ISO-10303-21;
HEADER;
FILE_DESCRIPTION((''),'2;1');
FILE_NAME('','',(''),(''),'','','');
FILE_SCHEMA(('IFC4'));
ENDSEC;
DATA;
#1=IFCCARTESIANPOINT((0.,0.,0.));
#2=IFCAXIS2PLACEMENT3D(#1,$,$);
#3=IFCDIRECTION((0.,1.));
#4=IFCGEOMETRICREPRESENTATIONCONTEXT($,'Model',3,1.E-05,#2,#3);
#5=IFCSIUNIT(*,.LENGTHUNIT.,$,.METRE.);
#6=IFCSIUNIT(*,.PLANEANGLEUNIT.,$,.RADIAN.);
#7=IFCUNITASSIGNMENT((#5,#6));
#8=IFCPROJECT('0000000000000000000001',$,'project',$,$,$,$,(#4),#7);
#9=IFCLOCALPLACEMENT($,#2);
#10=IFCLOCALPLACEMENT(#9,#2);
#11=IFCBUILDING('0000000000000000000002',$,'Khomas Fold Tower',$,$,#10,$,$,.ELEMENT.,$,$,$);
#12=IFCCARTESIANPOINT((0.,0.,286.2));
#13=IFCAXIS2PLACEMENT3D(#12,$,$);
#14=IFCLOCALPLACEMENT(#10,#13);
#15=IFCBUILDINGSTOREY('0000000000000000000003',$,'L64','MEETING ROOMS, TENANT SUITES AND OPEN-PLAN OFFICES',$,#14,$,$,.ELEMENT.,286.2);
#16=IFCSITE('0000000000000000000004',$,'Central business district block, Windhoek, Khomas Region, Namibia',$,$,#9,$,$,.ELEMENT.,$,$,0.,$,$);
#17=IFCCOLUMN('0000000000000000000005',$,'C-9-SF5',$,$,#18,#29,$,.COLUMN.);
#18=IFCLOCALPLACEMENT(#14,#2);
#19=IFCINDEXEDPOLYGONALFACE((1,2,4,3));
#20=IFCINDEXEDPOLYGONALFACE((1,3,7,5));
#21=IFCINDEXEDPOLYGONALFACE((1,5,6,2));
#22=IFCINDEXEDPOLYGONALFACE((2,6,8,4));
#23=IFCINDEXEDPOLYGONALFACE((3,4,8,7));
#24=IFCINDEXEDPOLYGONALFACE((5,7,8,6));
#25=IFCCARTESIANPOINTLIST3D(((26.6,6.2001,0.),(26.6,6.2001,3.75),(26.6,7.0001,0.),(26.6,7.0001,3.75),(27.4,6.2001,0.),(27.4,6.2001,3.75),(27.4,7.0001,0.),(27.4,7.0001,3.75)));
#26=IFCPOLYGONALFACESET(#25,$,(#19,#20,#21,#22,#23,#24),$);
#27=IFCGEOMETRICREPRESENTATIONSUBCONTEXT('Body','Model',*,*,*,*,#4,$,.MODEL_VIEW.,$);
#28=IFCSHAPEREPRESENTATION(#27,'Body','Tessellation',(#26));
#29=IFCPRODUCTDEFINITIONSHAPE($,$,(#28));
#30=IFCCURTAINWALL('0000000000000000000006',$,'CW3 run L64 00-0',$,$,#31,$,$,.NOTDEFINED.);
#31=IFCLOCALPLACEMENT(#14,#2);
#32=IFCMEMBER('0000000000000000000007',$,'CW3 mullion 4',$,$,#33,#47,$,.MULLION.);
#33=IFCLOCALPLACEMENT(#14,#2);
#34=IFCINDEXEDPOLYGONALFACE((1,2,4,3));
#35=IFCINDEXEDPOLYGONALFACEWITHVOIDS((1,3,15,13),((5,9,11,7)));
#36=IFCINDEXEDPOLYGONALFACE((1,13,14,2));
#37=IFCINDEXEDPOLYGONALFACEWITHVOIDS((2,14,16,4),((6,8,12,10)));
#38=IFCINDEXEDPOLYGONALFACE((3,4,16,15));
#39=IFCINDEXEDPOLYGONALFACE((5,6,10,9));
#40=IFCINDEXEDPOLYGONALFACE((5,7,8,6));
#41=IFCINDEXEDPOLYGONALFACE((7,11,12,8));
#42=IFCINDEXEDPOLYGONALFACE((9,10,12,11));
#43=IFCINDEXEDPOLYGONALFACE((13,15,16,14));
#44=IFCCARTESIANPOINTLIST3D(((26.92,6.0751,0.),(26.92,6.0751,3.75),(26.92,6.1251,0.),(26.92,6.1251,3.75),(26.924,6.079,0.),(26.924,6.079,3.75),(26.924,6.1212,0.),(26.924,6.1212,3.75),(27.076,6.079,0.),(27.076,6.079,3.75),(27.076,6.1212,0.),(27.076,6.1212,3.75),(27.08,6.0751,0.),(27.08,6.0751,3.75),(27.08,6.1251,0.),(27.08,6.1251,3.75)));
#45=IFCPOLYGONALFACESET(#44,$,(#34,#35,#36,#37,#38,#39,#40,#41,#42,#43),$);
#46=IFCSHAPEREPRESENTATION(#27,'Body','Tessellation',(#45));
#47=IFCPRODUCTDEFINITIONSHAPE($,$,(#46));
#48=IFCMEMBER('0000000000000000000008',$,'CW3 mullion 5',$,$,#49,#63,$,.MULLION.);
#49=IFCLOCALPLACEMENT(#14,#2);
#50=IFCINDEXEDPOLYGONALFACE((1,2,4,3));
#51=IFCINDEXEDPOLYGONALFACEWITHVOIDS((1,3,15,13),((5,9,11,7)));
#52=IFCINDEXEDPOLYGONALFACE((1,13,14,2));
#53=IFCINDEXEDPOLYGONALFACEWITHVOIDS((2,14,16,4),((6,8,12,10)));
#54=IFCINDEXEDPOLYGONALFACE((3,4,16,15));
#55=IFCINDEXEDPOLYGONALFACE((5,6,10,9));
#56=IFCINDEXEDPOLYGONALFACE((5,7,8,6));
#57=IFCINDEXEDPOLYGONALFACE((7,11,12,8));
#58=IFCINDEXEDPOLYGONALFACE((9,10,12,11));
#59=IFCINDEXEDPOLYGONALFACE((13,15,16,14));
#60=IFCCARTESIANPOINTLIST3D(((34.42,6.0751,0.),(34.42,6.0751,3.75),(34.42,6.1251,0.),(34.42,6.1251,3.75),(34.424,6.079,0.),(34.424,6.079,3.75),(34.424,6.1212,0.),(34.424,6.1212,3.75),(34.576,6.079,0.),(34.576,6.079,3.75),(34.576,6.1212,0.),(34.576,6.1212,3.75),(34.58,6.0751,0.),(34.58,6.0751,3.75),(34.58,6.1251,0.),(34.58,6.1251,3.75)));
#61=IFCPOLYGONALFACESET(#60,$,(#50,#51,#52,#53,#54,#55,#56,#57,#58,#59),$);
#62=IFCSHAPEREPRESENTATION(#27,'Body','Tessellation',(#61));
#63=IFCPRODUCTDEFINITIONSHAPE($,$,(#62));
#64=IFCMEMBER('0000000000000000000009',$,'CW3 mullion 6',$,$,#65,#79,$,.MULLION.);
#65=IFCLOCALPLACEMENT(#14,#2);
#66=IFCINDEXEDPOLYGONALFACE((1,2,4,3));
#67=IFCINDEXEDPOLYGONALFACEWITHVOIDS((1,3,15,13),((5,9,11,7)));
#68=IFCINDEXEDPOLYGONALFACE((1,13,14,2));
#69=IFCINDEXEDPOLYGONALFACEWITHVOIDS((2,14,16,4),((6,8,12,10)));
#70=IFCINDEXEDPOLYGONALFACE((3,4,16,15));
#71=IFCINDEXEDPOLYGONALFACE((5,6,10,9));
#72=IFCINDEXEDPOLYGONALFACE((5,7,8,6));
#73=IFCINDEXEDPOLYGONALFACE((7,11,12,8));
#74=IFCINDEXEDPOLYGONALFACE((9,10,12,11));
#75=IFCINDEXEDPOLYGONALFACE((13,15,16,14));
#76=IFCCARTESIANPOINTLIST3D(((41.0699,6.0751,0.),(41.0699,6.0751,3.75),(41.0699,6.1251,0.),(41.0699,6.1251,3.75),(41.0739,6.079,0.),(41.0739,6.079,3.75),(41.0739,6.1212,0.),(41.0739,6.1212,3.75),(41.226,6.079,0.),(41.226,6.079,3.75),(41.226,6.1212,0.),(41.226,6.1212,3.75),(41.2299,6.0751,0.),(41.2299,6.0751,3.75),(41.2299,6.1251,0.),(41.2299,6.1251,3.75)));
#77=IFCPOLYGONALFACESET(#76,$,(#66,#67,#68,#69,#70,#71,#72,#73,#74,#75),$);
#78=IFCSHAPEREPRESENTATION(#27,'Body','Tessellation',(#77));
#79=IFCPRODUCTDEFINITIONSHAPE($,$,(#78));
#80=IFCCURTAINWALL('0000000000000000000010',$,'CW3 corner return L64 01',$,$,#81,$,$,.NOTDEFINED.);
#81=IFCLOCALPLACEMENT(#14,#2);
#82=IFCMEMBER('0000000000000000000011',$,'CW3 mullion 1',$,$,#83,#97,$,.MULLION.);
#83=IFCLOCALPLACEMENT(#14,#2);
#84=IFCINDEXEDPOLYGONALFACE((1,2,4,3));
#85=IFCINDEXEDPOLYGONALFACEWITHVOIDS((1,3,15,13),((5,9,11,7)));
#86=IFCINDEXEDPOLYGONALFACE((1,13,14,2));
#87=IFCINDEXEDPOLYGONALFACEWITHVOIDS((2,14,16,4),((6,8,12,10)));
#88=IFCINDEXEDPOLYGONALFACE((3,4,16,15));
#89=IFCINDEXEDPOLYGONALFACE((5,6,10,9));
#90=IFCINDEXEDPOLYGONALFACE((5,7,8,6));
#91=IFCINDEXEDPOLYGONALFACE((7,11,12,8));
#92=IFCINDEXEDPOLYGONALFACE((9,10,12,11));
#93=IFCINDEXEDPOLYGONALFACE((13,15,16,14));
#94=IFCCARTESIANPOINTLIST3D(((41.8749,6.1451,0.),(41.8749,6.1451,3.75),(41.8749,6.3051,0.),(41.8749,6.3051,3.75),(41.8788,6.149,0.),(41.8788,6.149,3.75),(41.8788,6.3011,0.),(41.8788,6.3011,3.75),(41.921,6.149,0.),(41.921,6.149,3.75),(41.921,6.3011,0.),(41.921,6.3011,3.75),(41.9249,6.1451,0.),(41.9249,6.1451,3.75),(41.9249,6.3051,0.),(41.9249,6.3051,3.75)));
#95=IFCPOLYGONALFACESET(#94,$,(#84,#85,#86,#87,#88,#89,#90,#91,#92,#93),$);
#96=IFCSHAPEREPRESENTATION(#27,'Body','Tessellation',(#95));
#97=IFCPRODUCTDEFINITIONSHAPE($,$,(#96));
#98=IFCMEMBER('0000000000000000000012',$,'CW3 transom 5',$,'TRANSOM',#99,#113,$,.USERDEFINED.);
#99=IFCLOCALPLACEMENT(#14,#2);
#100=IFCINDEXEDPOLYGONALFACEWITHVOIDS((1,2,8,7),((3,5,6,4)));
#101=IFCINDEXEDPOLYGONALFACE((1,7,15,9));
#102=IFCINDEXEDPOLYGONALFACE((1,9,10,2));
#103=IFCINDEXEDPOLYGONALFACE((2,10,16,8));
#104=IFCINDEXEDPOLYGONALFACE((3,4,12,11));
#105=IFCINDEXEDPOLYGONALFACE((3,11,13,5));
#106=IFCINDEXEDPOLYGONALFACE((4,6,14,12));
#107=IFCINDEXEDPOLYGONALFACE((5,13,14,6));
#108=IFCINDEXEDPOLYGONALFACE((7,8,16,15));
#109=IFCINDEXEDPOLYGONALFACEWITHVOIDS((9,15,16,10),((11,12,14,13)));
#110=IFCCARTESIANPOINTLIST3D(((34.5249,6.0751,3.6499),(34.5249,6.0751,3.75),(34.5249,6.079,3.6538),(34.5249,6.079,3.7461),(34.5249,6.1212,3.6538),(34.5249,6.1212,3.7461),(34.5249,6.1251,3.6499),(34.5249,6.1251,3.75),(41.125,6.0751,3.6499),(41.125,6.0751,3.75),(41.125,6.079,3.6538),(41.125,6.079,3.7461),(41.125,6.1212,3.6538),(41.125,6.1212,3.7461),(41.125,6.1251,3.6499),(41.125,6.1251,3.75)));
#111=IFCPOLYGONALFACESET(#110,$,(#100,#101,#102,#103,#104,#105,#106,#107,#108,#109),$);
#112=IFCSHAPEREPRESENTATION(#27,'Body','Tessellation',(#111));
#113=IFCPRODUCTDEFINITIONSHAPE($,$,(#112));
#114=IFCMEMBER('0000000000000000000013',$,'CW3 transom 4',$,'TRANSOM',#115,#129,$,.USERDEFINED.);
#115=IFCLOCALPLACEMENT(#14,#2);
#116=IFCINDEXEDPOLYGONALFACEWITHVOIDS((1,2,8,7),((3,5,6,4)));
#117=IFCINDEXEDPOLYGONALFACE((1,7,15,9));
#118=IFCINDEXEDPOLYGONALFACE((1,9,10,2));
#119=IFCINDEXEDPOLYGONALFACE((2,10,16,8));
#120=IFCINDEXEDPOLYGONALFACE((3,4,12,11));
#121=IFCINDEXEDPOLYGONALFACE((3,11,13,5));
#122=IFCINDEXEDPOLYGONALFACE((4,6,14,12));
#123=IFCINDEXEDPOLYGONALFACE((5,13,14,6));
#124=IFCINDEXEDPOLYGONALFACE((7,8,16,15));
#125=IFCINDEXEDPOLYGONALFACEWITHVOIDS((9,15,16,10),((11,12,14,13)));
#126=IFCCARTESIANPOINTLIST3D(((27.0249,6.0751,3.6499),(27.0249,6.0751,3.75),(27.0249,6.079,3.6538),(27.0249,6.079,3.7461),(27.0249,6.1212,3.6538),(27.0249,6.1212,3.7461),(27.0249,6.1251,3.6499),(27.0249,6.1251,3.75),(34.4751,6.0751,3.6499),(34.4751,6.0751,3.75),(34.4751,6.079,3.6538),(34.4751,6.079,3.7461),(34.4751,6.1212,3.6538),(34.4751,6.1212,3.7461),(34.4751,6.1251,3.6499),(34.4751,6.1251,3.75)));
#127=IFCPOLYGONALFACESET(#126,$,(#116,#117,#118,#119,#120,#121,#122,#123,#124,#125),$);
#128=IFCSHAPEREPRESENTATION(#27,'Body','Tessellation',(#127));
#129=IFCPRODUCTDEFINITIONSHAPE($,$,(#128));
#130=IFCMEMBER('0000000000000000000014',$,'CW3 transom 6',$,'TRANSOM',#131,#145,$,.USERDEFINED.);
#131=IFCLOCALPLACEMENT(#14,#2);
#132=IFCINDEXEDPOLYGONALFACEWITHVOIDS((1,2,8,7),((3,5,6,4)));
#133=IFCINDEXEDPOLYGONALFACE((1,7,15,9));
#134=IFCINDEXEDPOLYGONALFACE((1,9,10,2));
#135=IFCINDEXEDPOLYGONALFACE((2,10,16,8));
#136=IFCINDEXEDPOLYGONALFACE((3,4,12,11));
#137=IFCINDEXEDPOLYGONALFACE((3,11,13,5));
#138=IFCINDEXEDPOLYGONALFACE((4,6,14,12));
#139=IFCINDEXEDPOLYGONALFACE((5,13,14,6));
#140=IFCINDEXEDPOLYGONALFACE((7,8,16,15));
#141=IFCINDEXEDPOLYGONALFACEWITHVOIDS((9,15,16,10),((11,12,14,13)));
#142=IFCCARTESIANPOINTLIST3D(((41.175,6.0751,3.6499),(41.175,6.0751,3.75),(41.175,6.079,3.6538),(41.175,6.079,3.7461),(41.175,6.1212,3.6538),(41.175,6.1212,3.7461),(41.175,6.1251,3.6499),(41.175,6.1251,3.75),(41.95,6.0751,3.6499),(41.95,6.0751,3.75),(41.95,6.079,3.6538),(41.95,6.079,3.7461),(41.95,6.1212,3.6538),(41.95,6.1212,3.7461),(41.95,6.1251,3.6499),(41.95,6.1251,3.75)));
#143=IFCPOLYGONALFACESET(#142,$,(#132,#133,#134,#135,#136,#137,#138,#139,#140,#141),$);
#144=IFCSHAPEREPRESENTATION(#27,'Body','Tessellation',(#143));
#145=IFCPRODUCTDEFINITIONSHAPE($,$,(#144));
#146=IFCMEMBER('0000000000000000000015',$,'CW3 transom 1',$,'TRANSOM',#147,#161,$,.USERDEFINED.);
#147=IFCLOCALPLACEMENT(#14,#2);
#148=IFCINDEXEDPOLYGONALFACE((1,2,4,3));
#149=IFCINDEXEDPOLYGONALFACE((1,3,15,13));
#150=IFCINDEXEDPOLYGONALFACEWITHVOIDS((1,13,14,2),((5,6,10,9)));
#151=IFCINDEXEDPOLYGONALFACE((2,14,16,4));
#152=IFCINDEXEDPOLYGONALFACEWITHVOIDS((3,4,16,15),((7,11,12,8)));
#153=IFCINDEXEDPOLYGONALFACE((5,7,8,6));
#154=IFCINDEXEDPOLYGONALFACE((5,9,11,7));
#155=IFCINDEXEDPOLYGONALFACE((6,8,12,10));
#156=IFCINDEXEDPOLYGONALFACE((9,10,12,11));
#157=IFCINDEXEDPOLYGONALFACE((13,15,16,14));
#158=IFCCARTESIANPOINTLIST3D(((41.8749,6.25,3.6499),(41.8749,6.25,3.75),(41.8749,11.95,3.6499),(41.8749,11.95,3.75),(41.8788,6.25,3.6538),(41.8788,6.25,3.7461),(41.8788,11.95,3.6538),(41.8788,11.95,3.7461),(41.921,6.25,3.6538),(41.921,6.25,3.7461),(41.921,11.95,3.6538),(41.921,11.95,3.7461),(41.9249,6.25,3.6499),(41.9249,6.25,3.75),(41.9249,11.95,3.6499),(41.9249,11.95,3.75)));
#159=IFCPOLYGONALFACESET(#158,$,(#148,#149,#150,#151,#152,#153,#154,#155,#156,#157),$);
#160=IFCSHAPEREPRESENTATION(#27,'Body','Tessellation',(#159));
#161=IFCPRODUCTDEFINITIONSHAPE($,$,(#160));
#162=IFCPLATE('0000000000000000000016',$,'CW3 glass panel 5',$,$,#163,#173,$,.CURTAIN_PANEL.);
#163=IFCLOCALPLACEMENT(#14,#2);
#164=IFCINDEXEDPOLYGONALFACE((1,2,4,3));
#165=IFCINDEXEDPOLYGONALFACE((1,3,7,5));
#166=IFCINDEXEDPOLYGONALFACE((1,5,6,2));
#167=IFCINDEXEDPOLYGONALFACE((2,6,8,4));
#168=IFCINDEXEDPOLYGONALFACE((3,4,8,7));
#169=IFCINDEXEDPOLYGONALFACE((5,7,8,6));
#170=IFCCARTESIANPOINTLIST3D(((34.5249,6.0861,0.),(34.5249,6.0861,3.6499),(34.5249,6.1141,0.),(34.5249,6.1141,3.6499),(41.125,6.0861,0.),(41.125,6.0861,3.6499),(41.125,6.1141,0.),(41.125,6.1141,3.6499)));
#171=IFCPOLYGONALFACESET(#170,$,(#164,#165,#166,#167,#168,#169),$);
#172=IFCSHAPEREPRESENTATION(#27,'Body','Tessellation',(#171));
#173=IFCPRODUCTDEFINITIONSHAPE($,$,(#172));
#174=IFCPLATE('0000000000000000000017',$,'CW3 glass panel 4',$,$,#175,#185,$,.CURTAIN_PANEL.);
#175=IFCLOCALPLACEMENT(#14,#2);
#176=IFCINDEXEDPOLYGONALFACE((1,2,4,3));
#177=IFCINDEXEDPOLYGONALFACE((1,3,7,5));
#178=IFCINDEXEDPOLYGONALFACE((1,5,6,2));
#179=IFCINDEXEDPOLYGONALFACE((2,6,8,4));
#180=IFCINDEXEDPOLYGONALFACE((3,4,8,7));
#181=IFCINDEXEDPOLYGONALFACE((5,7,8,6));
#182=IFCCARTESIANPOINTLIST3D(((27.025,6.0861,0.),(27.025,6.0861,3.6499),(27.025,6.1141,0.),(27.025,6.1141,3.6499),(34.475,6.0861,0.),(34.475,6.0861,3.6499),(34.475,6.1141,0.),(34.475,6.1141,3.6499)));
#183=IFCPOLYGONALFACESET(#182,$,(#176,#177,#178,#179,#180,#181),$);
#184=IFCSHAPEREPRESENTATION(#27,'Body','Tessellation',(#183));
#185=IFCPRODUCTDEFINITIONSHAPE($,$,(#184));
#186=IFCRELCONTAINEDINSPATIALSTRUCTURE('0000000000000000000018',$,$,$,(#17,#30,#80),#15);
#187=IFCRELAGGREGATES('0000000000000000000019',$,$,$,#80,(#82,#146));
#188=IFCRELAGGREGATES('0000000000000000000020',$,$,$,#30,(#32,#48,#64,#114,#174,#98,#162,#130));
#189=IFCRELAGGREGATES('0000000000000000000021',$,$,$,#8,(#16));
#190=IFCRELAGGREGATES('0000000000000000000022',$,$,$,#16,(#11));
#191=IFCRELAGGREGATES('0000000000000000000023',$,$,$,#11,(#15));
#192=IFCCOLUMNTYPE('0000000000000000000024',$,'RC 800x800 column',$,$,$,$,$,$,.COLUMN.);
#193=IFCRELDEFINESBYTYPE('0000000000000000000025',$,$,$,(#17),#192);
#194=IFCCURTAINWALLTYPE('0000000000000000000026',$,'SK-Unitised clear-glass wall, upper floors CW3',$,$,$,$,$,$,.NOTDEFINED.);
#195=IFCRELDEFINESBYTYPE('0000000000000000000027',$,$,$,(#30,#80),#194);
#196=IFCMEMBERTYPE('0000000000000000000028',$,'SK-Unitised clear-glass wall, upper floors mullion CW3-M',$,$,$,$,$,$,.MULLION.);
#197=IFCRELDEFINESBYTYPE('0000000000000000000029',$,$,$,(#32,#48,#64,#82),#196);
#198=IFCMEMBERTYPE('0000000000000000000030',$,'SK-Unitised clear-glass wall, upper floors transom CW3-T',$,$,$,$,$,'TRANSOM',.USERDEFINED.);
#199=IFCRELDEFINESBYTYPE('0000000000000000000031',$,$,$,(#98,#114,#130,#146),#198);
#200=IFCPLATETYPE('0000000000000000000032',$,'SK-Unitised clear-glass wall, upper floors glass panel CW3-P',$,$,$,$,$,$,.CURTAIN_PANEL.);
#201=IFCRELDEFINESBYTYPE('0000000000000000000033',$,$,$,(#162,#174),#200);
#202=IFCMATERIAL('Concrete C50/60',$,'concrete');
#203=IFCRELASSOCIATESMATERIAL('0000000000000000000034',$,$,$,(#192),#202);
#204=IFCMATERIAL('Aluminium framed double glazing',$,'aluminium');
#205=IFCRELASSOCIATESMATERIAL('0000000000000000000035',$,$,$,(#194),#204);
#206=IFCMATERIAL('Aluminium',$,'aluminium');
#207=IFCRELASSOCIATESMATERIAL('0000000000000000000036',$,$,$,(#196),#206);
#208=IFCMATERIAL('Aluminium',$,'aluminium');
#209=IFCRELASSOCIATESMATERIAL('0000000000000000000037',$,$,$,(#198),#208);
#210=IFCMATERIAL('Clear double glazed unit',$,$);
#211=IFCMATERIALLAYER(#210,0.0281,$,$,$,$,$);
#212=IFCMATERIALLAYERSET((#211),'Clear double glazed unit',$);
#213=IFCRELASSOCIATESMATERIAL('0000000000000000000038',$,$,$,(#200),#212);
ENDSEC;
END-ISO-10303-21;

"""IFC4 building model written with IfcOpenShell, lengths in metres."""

from ifc_helpers import new_model, si_unit, direction, frame, origin, origin_2d, place, context, subcontext, project, spatial, rectangle, hollow_rectangle, extrude, source, transform, mapped, material, layer, layer_set, material_profile, profile_set, type_object, element, aggregate, save


model = new_model("IFC4")

# Units and contexts
model_context = context("Model", 3, precision=1e-05, world=origin(), true_north=direction((0.0, 1.0)))
body_context = subcontext(model_context, "Body", "Model", "MODEL_VIEW")
ifc_project = project(units=[si_unit("LENGTHUNIT", "METRE"), si_unit("PLANEANGLEUNIT", "RADIAN")], contexts=[model_context])

# Site, building, storey
site_placement = place(None, origin())
site = spatial("IfcSite", under=ifc_project, at=site_placement, Name="Central business district block, Windhoek, Khomas Region, Namibia", CompositionType="ELEMENT", RefElevation=0.0)
building_placement = place(site_placement, origin())
building = spatial("IfcBuilding", under=site, at=building_placement, Name="Khomas Fold Tower", CompositionType="ELEMENT")
storey_placement = place(building_placement, frame((0.0, 0.0, 286.2)))
storey = spatial("IfcBuildingStorey", under=building, at=storey_placement, Name="L64", Description="MEETING ROOMS, TENANT SUITES AND OPEN-PLAN OFFICES", CompositionType="ELEMENT", Elevation=286.2)

# Column
ifc_material_1 = material(Name="Concrete C50/60", Category="concrete")
ifc_material_profile_1 = material_profile(ifc_material_1, rectangle(XDim=0.8, YDim=0.8, at=origin_2d()), Name="RC 800x800")
ifc_profile_set_1 = profile_set([ifc_material_profile_1], Name="Concrete C50/60")
column_type = type_object("IfcColumnType", Name="RC 800x800 column", PredefinedType="COLUMN", material=ifc_profile_set_1)
shared_shape_1 = source(origin(), body_context, "Body", "SweptSolid", [
    extrude(rectangle(XDim=0.8, YDim=0.8, at=origin_2d()), origin(), (0.0, 0.0, 1.0), 3.75),
])
column_placement = place(storey_placement, frame((27.0, 6.6001, 0.0), z_axis=(0.0, 0.0, 1.0), x_axis=(1.0, 0.0, 0.0)))
element("IfcColumn", 1, at=column_placement, inside=storey, type_object=column_type, Name="C-9-SF5", PredefinedType="COLUMN", context=body_context, shape_type="MappedRepresentation", body=[
    mapped(shared_shape_1, transform((0.0, 0.0, 0.0))),
])

# Curtain wall, members
ifc_material_2 = material(Name="Aluminium framed double glazing", Category="aluminium")
curtain_wall_type = type_object("IfcCurtainWallType", Name="SK-Unitised clear-glass wall, upper floors CW3", PredefinedType="NOTDEFINED", material=ifc_material_2)
curtain_wall_1_placement = place(storey_placement, origin())
curtain_wall_1 = element("IfcCurtainWall", 2, at=curtain_wall_1_placement, inside=storey, type_object=curtain_wall_type, Name="CW3 run L64 00-0", PredefinedType="NOTDEFINED")
ifc_material_3 = material(Name="Aluminium", Category="aluminium")
ifc_material_profile_2 = material_profile(ifc_material_3, hollow_rectangle(XDim=0.05, YDim=0.1599, WallThickness=0.0039, at=origin_2d()), Name="SK-Unitised clear-glass wall, upper floors mullion CW3-M")
ifc_profile_set_2 = profile_set([ifc_material_profile_2], Name="Aluminium")
member_type_1 = type_object("IfcMemberType", Name="SK-Unitised clear-glass wall, upper floors mullion CW3-M", PredefinedType="MULLION", material=ifc_profile_set_2)
shared_shape_2 = source(origin(), body_context, "Body", "SweptSolid", [
    extrude(hollow_rectangle(XDim=0.05, YDim=0.1599, WallThickness=0.0039, at=origin_2d()), origin(), (0.0, 0.0, 1.0), 3.75),
])
member_1_placement = place(storey_placement, frame((27.0, 6.1001, 0.0), z_axis=(0.0, 0.0, 1.0), x_axis=(0.0, 1.0, 0.0)))
member_1 = element("IfcMember", 3, at=member_1_placement, type_object=member_type_1, Name="CW3 mullion 4", PredefinedType="MULLION", context=body_context, shape_type="MappedRepresentation", body=[
    mapped(shared_shape_2, transform((0.0, 0.0, 0.0))),
])
member_2_placement = place(storey_placement, frame((34.5, 6.1001, 0.0), z_axis=(0.0, 0.0, 1.0), x_axis=(0.0, 1.0, 0.0)))
member_2 = element("IfcMember", 4, at=member_2_placement, type_object=member_type_1, Name="CW3 mullion 5", PredefinedType="MULLION", context=body_context, shape_type="MappedRepresentation", body=[
    mapped(shared_shape_2, transform((0.0, 0.0, 0.0))),
])
member_3_placement = place(storey_placement, frame((41.1499, 6.1001, 0.0), z_axis=(0.0, 0.0, 1.0), x_axis=(0.0, 1.0, 0.0)))
member_3 = element("IfcMember", 5, at=member_3_placement, type_object=member_type_1, Name="CW3 mullion 6", PredefinedType="MULLION", context=body_context, shape_type="MappedRepresentation", body=[
    mapped(shared_shape_2, transform((0.0, 0.0, 0.0))),
])

# Curtain wall, member
curtain_wall_2_placement = place(storey_placement, origin())
curtain_wall_2 = element("IfcCurtainWall", 6, at=curtain_wall_2_placement, inside=storey, type_object=curtain_wall_type, Name="CW3 corner return L64 01", PredefinedType="NOTDEFINED")
member_4_placement = place(storey_placement, frame((41.8999, 6.2251, 0.0), z_axis=(0.0, 0.0, 1.0), x_axis=(-1.0, 0.0, 0.0)))
member_4 = element("IfcMember", 7, at=member_4_placement, type_object=member_type_1, Name="CW3 mullion 1", PredefinedType="MULLION", context=body_context, shape_type="MappedRepresentation", body=[
    mapped(shared_shape_2, transform((0.0, 0.0, 0.0))),
])

# Members
ifc_material_4 = material(Name="Aluminium", Category="aluminium")
ifc_material_profile_3 = material_profile(ifc_material_4, hollow_rectangle(XDim=0.05, YDim=0.1001, WallThickness=0.0039, at=origin_2d()), Name="SK-Unitised clear-glass wall, upper floors transom CW3-T")
ifc_profile_set_3 = profile_set([ifc_material_profile_3], Name="Aluminium")
member_type_2 = type_object("IfcMemberType", Name="SK-Unitised clear-glass wall, upper floors transom CW3-T", ElementType="TRANSOM", PredefinedType="USERDEFINED", material=ifc_profile_set_3)
shared_shape_3 = source(origin(), body_context, "Body", "SweptSolid", [
    extrude(hollow_rectangle(XDim=0.05, YDim=0.1001, WallThickness=0.0039, at=origin_2d()), origin(), (0.0, 0.0, 1.0), 6.6001),
])
member_5_placement = place(storey_placement, frame((34.5249, 6.1001, 3.7), z_axis=(1.0, 0.0, 0.0), x_axis=(0.0, 1.0, 0.0)))
member_5 = element("IfcMember", 8, at=member_5_placement, type_object=member_type_2, Name="CW3 transom 5", ObjectType="TRANSOM", PredefinedType="USERDEFINED", context=body_context, shape_type="MappedRepresentation", body=[
    mapped(shared_shape_3, transform((0.0, 0.0, 0.0))),
])
shared_shape_4 = source(origin(), body_context, "Body", "SweptSolid", [
    extrude(hollow_rectangle(XDim=0.05, YDim=0.1001, WallThickness=0.0039, at=origin_2d()), origin(), (0.0, 0.0, 1.0), 7.4502),
])
member_6_placement = place(storey_placement, frame((27.0249, 6.1001, 3.7), z_axis=(1.0, 0.0, 0.0), x_axis=(0.0, 1.0, 0.0)))
member_6 = element("IfcMember", 9, at=member_6_placement, type_object=member_type_2, Name="CW3 transom 4", ObjectType="TRANSOM", PredefinedType="USERDEFINED", context=body_context, shape_type="MappedRepresentation", body=[
    mapped(shared_shape_4, transform((0.0, 0.0, 0.0))),
])
shared_shape_5 = source(origin(), body_context, "Body", "SweptSolid", [
    extrude(hollow_rectangle(XDim=0.05, YDim=0.1001, WallThickness=0.0039, at=origin_2d()), origin(), (0.0, 0.0, 1.0), 0.7749),
])
member_7_placement = place(storey_placement, frame((41.175, 6.1001, 3.7), z_axis=(1.0, 0.0, 0.0), x_axis=(0.0, 1.0, 0.0)))
member_7 = element("IfcMember", 10, at=member_7_placement, type_object=member_type_2, Name="CW3 transom 6", ObjectType="TRANSOM", PredefinedType="USERDEFINED", context=body_context, shape_type="MappedRepresentation", body=[
    mapped(shared_shape_5, transform((0.0, 0.0, 0.0))),
])
shared_shape_6 = source(origin(), body_context, "Body", "SweptSolid", [
    extrude(hollow_rectangle(XDim=0.05, YDim=0.1001, WallThickness=0.0039, at=origin_2d()), origin(), (0.0, 0.0, 1.0), 5.7),
])
member_8_placement = place(storey_placement, frame((41.8999, 6.25, 3.7), z_axis=(0.0, 1.0, 0.0), x_axis=(-1.0, 0.0, 0.0)))
member_8 = element("IfcMember", 11, at=member_8_placement, type_object=member_type_2, Name="CW3 transom 1", ObjectType="TRANSOM", PredefinedType="USERDEFINED", context=body_context, shape_type="MappedRepresentation", body=[
    mapped(shared_shape_6, transform((0.0, 0.0, 0.0))),
])
aggregate(curtain_wall_2, [member_4, member_8])

# Plates
ifc_material_5 = material(Name="Clear double glazed unit")
ifc_layer_1 = layer(ifc_material_5, 0.0281)
ifc_layer_set_1 = layer_set([ifc_layer_1], Name="Clear double glazed unit")
plate_type = type_object("IfcPlateType", Name="SK-Unitised clear-glass wall, upper floors glass panel CW3-P", PredefinedType="CURTAIN_PANEL", material=ifc_layer_set_1)
shared_shape_7 = source(origin(), body_context, "Body", "SweptSolid", [
    extrude(rectangle(XDim=6.6001, YDim=0.0281, at=origin_2d()), origin(), (0.0, 0.0, 1.0), 3.6499),
])
plate_1_placement = place(storey_placement, frame((37.825, 6.1001, 0.0), z_axis=(0.0, 0.0, 1.0), x_axis=(1.0, 0.0, 0.0)))
plate_1 = element("IfcPlate", 12, at=plate_1_placement, type_object=plate_type, Name="CW3 glass panel 5", PredefinedType="CURTAIN_PANEL", context=body_context, shape_type="MappedRepresentation", body=[
    mapped(shared_shape_7, transform((0.0, 0.0, 0.0))),
])
shared_shape_8 = source(origin(), body_context, "Body", "SweptSolid", [
    extrude(rectangle(XDim=7.45, YDim=0.0281, at=origin_2d()), origin(), (0.0, 0.0, 1.0), 3.6499),
])
plate_2_placement = place(storey_placement, frame((30.75, 6.1001, 0.0), z_axis=(0.0, 0.0, 1.0), x_axis=(1.0, 0.0, 0.0)))
plate_2 = element("IfcPlate", 13, at=plate_2_placement, type_object=plate_type, Name="CW3 glass panel 4", PredefinedType="CURTAIN_PANEL", context=body_context, shape_type="MappedRepresentation", body=[
    mapped(shared_shape_8, transform((0.0, 0.0, 0.0))),
])
aggregate(curtain_wall_1, [member_1, member_2, member_3, member_6, plate_2, member_5, plate_1, member_7])

save(model, "model.ifc")
